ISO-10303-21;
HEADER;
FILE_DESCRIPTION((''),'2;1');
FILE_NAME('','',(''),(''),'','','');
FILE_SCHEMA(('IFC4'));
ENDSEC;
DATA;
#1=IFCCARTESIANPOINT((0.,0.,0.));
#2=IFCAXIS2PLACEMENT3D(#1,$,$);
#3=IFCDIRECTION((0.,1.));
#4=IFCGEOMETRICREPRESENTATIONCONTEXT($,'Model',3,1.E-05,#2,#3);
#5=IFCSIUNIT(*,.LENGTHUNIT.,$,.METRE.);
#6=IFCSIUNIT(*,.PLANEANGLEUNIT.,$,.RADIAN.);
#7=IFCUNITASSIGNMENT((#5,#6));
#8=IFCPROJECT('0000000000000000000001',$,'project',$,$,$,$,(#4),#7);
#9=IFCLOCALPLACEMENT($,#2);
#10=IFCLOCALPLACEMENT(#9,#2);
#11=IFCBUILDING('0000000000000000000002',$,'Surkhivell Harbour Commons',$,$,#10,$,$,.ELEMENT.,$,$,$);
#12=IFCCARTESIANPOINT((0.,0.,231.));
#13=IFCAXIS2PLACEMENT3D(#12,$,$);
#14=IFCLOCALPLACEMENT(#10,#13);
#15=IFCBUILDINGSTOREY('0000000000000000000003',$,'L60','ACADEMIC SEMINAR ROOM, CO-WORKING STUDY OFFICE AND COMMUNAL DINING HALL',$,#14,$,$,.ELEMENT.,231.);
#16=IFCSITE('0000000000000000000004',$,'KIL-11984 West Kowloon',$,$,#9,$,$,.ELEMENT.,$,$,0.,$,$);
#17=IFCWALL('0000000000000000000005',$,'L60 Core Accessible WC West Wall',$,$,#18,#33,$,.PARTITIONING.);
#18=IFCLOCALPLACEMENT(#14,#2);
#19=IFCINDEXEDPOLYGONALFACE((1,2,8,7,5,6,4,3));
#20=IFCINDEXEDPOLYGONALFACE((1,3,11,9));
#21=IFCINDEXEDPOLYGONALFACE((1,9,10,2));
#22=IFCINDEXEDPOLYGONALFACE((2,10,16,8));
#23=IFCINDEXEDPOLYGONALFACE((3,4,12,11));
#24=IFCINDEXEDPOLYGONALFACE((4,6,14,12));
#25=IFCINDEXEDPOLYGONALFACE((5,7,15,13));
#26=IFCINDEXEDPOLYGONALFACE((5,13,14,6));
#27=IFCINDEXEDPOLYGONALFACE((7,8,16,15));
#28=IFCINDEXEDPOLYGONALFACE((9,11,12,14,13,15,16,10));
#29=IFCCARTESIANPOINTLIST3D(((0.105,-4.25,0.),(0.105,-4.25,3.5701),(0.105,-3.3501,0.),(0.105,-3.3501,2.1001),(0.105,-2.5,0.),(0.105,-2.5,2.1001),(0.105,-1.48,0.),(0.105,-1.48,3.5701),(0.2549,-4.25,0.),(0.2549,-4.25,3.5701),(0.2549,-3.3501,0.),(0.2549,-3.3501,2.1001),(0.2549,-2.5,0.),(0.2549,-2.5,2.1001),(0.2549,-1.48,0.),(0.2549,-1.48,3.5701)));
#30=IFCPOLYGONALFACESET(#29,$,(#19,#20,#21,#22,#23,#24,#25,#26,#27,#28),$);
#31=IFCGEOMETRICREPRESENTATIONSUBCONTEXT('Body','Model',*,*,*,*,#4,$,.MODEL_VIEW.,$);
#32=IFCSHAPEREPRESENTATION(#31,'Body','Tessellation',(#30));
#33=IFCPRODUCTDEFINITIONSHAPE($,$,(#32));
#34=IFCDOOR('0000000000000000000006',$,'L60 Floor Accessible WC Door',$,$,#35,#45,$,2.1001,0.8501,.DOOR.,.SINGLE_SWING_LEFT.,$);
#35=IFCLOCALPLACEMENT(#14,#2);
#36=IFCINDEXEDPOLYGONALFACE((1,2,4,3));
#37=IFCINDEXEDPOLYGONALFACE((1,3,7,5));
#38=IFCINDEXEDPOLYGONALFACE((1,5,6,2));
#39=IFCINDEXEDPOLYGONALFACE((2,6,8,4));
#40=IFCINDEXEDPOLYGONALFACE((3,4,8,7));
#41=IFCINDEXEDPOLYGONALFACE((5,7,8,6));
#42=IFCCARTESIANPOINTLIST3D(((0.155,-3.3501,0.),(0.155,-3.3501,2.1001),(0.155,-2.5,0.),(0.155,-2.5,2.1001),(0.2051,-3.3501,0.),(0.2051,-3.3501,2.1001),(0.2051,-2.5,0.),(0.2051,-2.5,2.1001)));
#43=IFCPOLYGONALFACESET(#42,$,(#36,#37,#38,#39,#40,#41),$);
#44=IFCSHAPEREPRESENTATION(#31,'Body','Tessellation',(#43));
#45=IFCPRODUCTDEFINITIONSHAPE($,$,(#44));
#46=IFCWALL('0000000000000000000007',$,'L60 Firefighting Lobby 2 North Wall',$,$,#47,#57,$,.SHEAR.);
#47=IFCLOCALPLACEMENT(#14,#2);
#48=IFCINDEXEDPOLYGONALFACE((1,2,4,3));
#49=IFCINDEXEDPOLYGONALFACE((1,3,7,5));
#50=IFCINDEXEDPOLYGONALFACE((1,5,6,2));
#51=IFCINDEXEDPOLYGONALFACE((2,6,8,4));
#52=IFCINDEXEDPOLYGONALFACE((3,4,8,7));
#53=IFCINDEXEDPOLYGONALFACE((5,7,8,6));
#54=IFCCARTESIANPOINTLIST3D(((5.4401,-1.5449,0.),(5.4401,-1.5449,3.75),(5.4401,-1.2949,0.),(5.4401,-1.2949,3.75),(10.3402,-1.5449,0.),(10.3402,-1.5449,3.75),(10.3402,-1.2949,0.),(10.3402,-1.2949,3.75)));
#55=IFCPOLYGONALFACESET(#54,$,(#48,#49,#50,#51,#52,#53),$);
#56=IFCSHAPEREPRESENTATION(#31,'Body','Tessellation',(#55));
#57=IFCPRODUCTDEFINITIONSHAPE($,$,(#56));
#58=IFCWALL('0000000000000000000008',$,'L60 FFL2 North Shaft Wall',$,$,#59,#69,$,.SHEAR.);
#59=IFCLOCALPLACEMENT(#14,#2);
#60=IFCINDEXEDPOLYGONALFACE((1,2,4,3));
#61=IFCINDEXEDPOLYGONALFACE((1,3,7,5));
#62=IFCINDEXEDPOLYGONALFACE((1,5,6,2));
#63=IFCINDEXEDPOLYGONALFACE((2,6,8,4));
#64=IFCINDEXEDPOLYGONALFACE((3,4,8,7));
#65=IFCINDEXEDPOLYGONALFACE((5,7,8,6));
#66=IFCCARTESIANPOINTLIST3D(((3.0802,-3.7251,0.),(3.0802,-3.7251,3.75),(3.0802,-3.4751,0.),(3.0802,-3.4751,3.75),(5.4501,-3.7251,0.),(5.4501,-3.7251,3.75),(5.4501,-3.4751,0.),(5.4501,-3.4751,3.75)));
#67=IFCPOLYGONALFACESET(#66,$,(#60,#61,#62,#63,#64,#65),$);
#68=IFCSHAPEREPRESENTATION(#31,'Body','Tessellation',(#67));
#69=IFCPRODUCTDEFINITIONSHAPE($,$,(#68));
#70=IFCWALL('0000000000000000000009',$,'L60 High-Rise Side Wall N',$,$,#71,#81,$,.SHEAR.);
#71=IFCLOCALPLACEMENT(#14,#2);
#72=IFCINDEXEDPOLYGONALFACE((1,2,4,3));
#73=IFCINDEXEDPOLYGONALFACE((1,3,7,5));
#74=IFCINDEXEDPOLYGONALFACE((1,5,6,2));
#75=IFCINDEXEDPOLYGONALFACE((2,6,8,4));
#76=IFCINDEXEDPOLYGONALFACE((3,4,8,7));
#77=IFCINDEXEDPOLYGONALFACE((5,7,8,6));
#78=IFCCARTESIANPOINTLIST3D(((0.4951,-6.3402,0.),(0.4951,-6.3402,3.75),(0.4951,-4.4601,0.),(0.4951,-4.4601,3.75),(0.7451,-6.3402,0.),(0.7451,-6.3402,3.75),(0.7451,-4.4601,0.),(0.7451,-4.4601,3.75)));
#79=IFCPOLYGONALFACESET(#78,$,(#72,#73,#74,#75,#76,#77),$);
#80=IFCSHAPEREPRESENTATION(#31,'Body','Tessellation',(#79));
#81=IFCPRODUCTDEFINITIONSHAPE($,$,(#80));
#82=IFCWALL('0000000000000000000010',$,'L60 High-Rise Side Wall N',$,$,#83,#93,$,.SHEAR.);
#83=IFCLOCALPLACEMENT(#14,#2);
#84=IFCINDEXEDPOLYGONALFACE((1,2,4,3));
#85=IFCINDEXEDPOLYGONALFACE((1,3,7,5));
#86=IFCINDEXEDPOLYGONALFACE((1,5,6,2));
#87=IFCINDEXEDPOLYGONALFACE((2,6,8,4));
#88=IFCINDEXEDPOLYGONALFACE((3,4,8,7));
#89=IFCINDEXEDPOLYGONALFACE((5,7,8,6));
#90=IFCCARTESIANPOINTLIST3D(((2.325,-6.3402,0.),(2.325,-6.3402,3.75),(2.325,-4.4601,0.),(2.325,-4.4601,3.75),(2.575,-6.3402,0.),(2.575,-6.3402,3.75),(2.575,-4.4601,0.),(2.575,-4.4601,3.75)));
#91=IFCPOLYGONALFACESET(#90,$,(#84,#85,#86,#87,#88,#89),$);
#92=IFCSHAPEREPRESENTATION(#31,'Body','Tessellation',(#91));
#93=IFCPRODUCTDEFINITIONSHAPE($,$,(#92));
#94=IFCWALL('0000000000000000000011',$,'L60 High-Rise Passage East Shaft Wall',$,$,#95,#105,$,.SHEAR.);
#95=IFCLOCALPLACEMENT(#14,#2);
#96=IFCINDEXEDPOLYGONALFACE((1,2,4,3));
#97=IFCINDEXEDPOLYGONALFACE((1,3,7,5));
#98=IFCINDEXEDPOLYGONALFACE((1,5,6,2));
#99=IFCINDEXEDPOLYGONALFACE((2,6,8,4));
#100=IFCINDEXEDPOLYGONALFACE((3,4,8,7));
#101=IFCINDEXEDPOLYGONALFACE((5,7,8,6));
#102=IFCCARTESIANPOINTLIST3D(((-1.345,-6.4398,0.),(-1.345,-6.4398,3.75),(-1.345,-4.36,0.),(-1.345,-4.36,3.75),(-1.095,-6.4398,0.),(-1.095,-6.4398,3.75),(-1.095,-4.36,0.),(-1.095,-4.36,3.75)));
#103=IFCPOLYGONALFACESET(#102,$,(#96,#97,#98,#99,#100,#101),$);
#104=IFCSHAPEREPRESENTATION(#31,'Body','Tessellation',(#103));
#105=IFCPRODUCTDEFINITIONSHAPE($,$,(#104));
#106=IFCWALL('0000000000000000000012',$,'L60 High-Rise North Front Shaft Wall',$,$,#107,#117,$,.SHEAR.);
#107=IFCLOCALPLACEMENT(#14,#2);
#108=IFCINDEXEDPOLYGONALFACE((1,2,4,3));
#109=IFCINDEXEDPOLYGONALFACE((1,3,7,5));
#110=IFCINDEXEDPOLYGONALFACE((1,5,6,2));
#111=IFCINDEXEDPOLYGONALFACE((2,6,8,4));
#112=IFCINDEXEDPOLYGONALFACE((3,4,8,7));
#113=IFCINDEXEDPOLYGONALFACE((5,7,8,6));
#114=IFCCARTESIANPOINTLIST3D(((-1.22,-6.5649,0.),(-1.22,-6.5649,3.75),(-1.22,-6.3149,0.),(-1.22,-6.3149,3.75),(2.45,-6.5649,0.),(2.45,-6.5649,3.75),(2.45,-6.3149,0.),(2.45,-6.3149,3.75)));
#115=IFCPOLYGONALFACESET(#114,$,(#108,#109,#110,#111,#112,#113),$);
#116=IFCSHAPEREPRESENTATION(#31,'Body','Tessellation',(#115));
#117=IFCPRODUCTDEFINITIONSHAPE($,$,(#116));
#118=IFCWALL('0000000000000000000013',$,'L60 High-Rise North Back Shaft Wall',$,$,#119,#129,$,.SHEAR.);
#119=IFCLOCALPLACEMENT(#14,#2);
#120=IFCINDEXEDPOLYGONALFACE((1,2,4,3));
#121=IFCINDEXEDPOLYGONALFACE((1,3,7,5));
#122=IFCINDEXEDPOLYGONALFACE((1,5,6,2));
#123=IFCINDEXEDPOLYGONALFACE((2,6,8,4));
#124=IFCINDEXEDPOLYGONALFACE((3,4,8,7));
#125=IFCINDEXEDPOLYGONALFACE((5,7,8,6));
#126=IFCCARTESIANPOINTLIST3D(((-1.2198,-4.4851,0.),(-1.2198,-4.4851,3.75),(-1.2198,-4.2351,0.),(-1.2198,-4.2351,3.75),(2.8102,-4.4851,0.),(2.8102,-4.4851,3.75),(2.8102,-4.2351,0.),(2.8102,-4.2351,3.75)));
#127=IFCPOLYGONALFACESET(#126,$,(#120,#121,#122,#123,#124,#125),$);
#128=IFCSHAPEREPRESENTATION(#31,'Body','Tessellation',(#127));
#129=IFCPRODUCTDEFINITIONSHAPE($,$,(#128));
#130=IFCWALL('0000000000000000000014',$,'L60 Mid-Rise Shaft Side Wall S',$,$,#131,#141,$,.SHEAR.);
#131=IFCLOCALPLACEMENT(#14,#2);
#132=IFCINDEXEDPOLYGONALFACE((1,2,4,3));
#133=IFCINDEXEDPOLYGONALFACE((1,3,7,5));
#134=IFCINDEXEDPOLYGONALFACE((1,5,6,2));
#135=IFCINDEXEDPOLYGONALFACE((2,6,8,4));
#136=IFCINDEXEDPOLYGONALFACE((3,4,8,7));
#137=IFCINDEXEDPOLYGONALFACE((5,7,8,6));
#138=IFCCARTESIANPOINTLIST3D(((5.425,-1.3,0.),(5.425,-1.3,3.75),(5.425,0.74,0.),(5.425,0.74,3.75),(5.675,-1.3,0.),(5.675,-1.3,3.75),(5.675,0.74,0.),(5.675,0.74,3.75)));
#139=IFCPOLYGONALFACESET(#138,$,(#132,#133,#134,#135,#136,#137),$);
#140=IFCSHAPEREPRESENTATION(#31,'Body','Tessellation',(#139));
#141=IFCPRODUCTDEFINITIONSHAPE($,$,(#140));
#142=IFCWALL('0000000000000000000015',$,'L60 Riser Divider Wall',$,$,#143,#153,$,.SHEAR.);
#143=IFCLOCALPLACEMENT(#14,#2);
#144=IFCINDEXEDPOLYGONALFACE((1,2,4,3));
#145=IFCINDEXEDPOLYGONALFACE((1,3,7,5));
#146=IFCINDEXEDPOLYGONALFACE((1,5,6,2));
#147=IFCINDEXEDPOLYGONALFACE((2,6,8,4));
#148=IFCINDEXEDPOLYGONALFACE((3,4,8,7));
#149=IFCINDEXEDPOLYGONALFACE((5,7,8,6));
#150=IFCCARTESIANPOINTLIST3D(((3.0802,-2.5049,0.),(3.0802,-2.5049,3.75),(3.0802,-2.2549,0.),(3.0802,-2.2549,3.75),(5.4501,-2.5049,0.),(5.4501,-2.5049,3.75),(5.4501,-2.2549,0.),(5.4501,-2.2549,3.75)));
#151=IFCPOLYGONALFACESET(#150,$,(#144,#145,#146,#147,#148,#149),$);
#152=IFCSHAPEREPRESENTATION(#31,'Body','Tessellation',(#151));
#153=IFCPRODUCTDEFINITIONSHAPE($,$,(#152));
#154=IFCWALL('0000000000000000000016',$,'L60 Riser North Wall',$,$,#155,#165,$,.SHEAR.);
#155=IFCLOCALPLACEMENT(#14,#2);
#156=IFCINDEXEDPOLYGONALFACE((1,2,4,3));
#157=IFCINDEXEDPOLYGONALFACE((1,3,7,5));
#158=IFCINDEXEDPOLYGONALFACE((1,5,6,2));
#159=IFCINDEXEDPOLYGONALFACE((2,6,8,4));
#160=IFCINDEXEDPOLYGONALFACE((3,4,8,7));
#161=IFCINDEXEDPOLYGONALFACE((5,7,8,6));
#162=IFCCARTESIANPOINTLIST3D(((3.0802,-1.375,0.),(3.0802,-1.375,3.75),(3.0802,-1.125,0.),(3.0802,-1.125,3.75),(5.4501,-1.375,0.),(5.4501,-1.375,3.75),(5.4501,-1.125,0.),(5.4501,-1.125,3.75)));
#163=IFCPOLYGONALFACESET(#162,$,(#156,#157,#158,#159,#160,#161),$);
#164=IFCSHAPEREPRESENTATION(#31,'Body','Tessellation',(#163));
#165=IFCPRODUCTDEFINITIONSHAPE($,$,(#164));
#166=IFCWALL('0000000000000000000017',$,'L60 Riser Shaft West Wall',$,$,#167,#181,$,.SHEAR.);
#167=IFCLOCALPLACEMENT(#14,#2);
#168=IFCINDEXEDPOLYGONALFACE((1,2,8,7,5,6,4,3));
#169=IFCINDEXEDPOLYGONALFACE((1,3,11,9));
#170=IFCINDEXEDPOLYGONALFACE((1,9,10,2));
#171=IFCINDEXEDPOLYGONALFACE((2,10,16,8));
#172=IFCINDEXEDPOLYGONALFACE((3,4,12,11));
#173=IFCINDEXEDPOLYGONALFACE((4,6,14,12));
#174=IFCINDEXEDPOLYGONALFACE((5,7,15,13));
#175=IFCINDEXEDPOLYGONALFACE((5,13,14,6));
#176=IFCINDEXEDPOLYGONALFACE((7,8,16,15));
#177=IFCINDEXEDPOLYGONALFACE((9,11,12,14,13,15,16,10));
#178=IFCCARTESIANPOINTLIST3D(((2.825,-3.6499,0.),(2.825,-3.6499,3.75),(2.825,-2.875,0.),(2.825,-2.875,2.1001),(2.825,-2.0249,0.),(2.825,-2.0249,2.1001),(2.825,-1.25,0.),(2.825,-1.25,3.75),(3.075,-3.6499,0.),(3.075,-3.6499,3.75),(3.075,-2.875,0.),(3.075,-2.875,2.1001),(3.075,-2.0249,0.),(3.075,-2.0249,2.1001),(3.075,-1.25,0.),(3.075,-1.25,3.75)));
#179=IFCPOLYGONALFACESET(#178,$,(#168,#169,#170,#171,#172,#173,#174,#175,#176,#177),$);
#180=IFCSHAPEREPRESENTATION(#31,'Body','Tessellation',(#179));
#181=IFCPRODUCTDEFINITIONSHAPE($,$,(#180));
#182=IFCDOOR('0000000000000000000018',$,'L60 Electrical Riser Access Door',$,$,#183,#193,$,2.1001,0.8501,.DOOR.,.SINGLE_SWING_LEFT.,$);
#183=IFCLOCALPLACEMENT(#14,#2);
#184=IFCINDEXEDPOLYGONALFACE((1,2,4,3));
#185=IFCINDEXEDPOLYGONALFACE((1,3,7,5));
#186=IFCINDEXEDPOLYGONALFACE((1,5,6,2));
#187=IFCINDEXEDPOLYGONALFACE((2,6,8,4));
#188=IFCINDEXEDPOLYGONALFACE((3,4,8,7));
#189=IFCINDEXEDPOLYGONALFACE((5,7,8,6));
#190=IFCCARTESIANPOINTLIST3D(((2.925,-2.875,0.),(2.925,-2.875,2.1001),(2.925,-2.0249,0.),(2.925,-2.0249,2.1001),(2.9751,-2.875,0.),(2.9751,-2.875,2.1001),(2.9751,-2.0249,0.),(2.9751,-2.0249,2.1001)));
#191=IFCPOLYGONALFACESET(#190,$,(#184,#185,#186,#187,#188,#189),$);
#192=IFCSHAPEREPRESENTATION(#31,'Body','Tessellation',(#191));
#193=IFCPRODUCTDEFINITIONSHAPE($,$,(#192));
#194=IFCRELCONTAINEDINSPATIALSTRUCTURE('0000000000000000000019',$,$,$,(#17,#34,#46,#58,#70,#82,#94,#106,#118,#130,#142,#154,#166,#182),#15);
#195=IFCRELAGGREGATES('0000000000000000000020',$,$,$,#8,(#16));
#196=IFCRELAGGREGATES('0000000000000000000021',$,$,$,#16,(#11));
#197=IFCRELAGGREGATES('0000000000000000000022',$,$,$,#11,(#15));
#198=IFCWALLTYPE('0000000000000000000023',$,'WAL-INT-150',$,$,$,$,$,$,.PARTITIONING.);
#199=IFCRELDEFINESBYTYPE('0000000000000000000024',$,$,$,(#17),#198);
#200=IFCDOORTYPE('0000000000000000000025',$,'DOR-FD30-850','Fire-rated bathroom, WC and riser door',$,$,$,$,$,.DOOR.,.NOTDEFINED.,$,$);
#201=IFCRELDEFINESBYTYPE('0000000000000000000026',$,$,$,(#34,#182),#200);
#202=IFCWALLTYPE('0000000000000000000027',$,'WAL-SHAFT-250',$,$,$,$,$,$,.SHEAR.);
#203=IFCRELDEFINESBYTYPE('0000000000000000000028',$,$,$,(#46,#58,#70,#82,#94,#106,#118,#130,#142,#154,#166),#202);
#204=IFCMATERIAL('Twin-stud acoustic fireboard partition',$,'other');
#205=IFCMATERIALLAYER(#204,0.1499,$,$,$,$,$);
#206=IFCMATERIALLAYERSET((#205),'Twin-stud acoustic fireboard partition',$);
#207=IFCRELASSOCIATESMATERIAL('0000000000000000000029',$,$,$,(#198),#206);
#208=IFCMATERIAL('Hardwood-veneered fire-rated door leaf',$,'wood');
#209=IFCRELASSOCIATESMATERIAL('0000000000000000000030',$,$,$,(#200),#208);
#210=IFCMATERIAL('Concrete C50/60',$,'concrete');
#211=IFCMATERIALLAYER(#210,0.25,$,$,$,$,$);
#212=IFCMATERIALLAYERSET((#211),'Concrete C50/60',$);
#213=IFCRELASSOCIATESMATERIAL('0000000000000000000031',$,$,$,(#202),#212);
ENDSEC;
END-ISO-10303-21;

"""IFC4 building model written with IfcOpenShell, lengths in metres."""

from ifc_helpers import new_model, si_unit, direction, frame, frame_2d, origin, place, context, subcontext, project, spatial, rectangle, extrude, material, layer, layer_set, type_object, element, fill, save


model = new_model("IFC4")

# Units and contexts
model_context = context("Model", 3, precision=1e-05, world=origin(), true_north=direction((0.0, 1.0)))
body_context = subcontext(model_context, "Body", "Model", "MODEL_VIEW")
ifc_project = project(units=[si_unit("LENGTHUNIT", "METRE"), si_unit("PLANEANGLEUNIT", "RADIAN")], contexts=[model_context])

# Site, building, storey
site_placement = place(None, origin())
site = spatial("IfcSite", under=ifc_project, at=site_placement, Name="KIL-11984 West Kowloon", CompositionType="ELEMENT", RefElevation=0.0)
building_placement = place(site_placement, origin())
building = spatial("IfcBuilding", under=site, at=building_placement, Name="Surkhivell Harbour Commons", CompositionType="ELEMENT")
storey_placement = place(building_placement, frame((0.0, 0.0, 231.0)))
storey = spatial("IfcBuildingStorey", under=building, at=storey_placement, Name="L60", Description="ACADEMIC SEMINAR ROOM, CO-WORKING STUDY OFFICE AND COMMUNAL DINING HALL", CompositionType="ELEMENT", Elevation=231.0)

# Shared definitions
ifc_material_1 = material(Name="Twin-stud acoustic fireboard partition", Category="other")
ifc_layer_1 = layer(ifc_material_1, 0.1499)
ifc_layer_set_1 = layer_set([ifc_layer_1], Name="Twin-stud acoustic fireboard partition")
wall_type_1 = type_object("IfcWallType", Name="WAL-INT-150", PredefinedType="PARTITIONING", material=ifc_layer_set_1)

# Wall, opening, door
wall_1_placement = place(storey_placement, frame((0.1799, -4.25, 0.0), z_axis=(0.0, 0.0, 1.0), x_axis=(0.0, 1.0, 0.0)))
wall_1 = element("IfcWall", 1, at=wall_1_placement, inside=storey, type_object=wall_type_1, Name="L60 Core Accessible WC West Wall", PredefinedType="PARTITIONING", context=body_context, shape_type="SweptSolid", body=[
    extrude(rectangle(XDim=2.77, YDim=0.1499, at=frame_2d((1.385, 0.0))), origin(), (0.0, 0.0, 1.0), 3.5701),
])
opening_1_placement = place(wall_1_placement, frame((0.8999, 0.0, 0.0)))
opening_1 = element("IfcOpeningElement", 2, at=opening_1_placement, cuts=wall_1, PredefinedType="OPENING", context=body_context, shape_type="SweptSolid", body=[
    extrude(rectangle(XDim=0.8501, YDim=2.1001, at=frame_2d((0.425, 1.05))), frame((0.0, 0.085, 0.0), z_axis=(0.0, -1.0, 0.0), x_axis=(1.0, 0.0, 0.0)), (0.0, 0.0, 1.0), 0.1699),
])
ifc_material_2 = material(Name="Hardwood-veneered fire-rated door leaf", Category="wood")
door_type = type_object("IfcDoorType", Name="DOR-FD30-850", Description="Fire-rated bathroom, WC and riser door", OperationType="NOTDEFINED", PredefinedType="DOOR", material=ifc_material_2)
door_1_placement = place(opening_1_placement, origin())
door_1 = element("IfcDoor", 3, at=door_1_placement, inside=storey, type_object=door_type, Name="L60 Floor Accessible WC Door", OperationType="SINGLE_SWING_LEFT", OverallHeight=2.1001, OverallWidth=0.8501, PredefinedType="DOOR", context=body_context, shape_type="SweptSolid", body=[
    extrude(rectangle(XDim=0.8501, YDim=2.1001, at=frame_2d((0.425, 1.05))), frame((0.0, 0.0249, 0.0), z_axis=(0.0, -1.0, 0.0), x_axis=(1.0, 0.0, 0.0)), (0.0, 0.0, 1.0), 0.05),
])
fill(opening_1, door_1)

# Walls
ifc_material_3 = material(Name="Concrete C50/60", Category="concrete")
ifc_layer_2 = layer(ifc_material_3, 0.25)
ifc_layer_set_2 = layer_set([ifc_layer_2], Name="Concrete C50/60")
wall_type_2 = type_object("IfcWallType", Name="WAL-SHAFT-250", PredefinedType="SHEAR", material=ifc_layer_set_2)
wall_2_placement = place(storey_placement, frame((5.4399, -1.4199, 0.0), z_axis=(0.0, 0.0, 1.0), x_axis=(1.0, 0.0, 0.0)))
element("IfcWall", 4, at=wall_2_placement, inside=storey, type_object=wall_type_2, Name="L60 Firefighting Lobby 2 North Wall", PredefinedType="SHEAR", context=body_context, shape_type="SweptSolid", body=[
    extrude(rectangle(XDim=4.9001, YDim=0.25, at=frame_2d((2.4502, 0.0))), origin(), (0.0, 0.0, 1.0), 3.75),
])
wall_3_placement = place(storey_placement, frame((3.0801, -3.6001, 0.0), z_axis=(0.0, 0.0, 1.0), x_axis=(1.0, 0.0, 0.0)))
element("IfcWall", 5, at=wall_3_placement, inside=storey, type_object=wall_type_2, Name="L60 FFL2 North Shaft Wall", PredefinedType="SHEAR", context=body_context, shape_type="SweptSolid", body=[
    extrude(rectangle(XDim=2.3699, YDim=0.25, at=frame_2d((1.1851, 0.0))), origin(), (0.0, 0.0, 1.0), 3.75),
])
for number, where, z_axis, x_axis, name in (
    (6, (0.6201, -6.3401, 0.0), (0.0, 0.0, 1.0), (0.0, 1.0, 0.0), "L60 High-Rise Side Wall N"),
    (7, (2.45, -6.3401, 0.0), (0.0, 0.0, 1.0), (0.0, 1.0, 0.0), "L60 High-Rise Side Wall N"),
):
    element("IfcWall", number, at=place(storey_placement, frame(where, z_axis=z_axis, x_axis=x_axis)), inside=storey, type_object=wall_type_2, Name=name, PredefinedType="SHEAR", context=body_context, shape_type="SweptSolid", body=[
        extrude(rectangle(XDim=1.8801, YDim=0.25, at=frame_2d((0.9399, 0.0))), origin(), (0.0, 0.0, 1.0), 3.75),
    ])
wall_4_placement = place(storey_placement, frame((-1.22, -6.4399, 0.0), z_axis=(0.0, 0.0, 1.0), x_axis=(0.0, 1.0, 0.0)))
element("IfcWall", 8, at=wall_4_placement, inside=storey, type_object=wall_type_2, Name="L60 High-Rise Passage East Shaft Wall", PredefinedType="SHEAR", context=body_context, shape_type="SweptSolid", body=[
    extrude(rectangle(XDim=2.0798, YDim=0.25, at=frame_2d((1.04, 0.0))), origin(), (0.0, 0.0, 1.0), 3.75),
])
wall_5_placement = place(storey_placement, frame((-1.22, -6.4399, 0.0), z_axis=(0.0, 0.0, 1.0), x_axis=(1.0, 0.0, 0.0)))
element("IfcWall", 9, at=wall_5_placement, inside=storey, type_object=wall_type_2, Name="L60 High-Rise North Front Shaft Wall", PredefinedType="SHEAR", context=body_context, shape_type="SweptSolid", body=[
    extrude(rectangle(XDim=3.6699, YDim=0.25, at=frame_2d((1.835, 0.0))), origin(), (0.0, 0.0, 1.0), 3.75),
])
wall_6_placement = place(storey_placement, frame((-1.22, -4.3601, 0.0), z_axis=(0.0, 0.0, 1.0), x_axis=(1.0, 0.0, 0.0)))
element("IfcWall", 10, at=wall_6_placement, inside=storey, type_object=wall_type_2, Name="L60 High-Rise North Back Shaft Wall", PredefinedType="SHEAR", context=body_context, shape_type="SweptSolid", body=[
    extrude(rectangle(XDim=4.03, YDim=0.25, at=frame_2d((2.0151, 0.0))), origin(), (0.0, 0.0, 1.0), 3.75),
])
wall_7_placement = place(storey_placement, frame((5.55, -1.3, 0.0), z_axis=(0.0, 0.0, 1.0), x_axis=(0.0, 1.0, 0.0)))
element("IfcWall", 11, at=wall_7_placement, inside=storey, type_object=wall_type_2, Name="L60 Mid-Rise Shaft Side Wall S", PredefinedType="SHEAR", context=body_context, shape_type="SweptSolid", body=[
    extrude(rectangle(XDim=2.04, YDim=0.25, at=frame_2d((1.02, 0.0))), origin(), (0.0, 0.0, 1.0), 3.75),
])
for number, where, z_axis, x_axis, name in (
    (12, (3.0801, -2.3799, 0.0), (0.0, 0.0, 1.0), (1.0, 0.0, 0.0), "L60 Riser Divider Wall"),
    (13, (3.0801, -1.25, 0.0), (0.0, 0.0, 1.0), (1.0, 0.0, 0.0), "L60 Riser North Wall"),
):
    element("IfcWall", number, at=place(storey_placement, frame(where, z_axis=z_axis, x_axis=x_axis)), inside=storey, type_object=wall_type_2, Name=name, PredefinedType="SHEAR", context=body_context, shape_type="SweptSolid", body=[
        extrude(rectangle(XDim=2.3699, YDim=0.25, at=frame_2d((1.1851, 0.0))), origin(), (0.0, 0.0, 1.0), 3.75),
    ])

# Wall, opening, door
wall_8_placement = place(storey_placement, frame((2.95, -3.6499, 0.0), z_axis=(0.0, 0.0, 1.0), x_axis=(0.0, 1.0, 0.0)))
wall_8 = element("IfcWall", 14, at=wall_8_placement, inside=storey, type_object=wall_type_2, Name="L60 Riser Shaft West Wall", PredefinedType="SHEAR", context=body_context, shape_type="SweptSolid", body=[
    extrude(rectangle(XDim=2.3999, YDim=0.25, at=frame_2d((1.2, 0.0))), origin(), (0.0, 0.0, 1.0), 3.75),
])
opening_2_placement = place(wall_8_placement, frame((0.7749, 0.0, 0.0)))
opening_2 = element("IfcOpeningElement", 15, at=opening_2_placement, cuts=wall_8, PredefinedType="OPENING", context=body_context, shape_type="SweptSolid", body=[
    extrude(rectangle(XDim=0.8501, YDim=2.1001, at=frame_2d((0.425, 1.05))), frame((0.0, 0.135, 0.0), z_axis=(0.0, -1.0, 0.0), x_axis=(1.0, 0.0, 0.0)), (0.0, 0.0, 1.0), 0.27),
])
door_2_placement = place(opening_2_placement, origin())
door_2 = element("IfcDoor", 16, at=door_2_placement, inside=storey, type_object=door_type, Name="L60 Electrical Riser Access Door", OperationType="SINGLE_SWING_LEFT", OverallHeight=2.1001, OverallWidth=0.8501, PredefinedType="DOOR", context=body_context, shape_type="SweptSolid", body=[
    extrude(rectangle(XDim=0.8501, YDim=2.1001, at=frame_2d((0.425, 1.05))), frame((0.0, 0.0249, 0.0), z_axis=(0.0, -1.0, 0.0), x_axis=(1.0, 0.0, 0.0)), (0.0, 0.0, 1.0), 0.05),
])
fill(opening_2, door_2)

save(model, "model.ifc")
